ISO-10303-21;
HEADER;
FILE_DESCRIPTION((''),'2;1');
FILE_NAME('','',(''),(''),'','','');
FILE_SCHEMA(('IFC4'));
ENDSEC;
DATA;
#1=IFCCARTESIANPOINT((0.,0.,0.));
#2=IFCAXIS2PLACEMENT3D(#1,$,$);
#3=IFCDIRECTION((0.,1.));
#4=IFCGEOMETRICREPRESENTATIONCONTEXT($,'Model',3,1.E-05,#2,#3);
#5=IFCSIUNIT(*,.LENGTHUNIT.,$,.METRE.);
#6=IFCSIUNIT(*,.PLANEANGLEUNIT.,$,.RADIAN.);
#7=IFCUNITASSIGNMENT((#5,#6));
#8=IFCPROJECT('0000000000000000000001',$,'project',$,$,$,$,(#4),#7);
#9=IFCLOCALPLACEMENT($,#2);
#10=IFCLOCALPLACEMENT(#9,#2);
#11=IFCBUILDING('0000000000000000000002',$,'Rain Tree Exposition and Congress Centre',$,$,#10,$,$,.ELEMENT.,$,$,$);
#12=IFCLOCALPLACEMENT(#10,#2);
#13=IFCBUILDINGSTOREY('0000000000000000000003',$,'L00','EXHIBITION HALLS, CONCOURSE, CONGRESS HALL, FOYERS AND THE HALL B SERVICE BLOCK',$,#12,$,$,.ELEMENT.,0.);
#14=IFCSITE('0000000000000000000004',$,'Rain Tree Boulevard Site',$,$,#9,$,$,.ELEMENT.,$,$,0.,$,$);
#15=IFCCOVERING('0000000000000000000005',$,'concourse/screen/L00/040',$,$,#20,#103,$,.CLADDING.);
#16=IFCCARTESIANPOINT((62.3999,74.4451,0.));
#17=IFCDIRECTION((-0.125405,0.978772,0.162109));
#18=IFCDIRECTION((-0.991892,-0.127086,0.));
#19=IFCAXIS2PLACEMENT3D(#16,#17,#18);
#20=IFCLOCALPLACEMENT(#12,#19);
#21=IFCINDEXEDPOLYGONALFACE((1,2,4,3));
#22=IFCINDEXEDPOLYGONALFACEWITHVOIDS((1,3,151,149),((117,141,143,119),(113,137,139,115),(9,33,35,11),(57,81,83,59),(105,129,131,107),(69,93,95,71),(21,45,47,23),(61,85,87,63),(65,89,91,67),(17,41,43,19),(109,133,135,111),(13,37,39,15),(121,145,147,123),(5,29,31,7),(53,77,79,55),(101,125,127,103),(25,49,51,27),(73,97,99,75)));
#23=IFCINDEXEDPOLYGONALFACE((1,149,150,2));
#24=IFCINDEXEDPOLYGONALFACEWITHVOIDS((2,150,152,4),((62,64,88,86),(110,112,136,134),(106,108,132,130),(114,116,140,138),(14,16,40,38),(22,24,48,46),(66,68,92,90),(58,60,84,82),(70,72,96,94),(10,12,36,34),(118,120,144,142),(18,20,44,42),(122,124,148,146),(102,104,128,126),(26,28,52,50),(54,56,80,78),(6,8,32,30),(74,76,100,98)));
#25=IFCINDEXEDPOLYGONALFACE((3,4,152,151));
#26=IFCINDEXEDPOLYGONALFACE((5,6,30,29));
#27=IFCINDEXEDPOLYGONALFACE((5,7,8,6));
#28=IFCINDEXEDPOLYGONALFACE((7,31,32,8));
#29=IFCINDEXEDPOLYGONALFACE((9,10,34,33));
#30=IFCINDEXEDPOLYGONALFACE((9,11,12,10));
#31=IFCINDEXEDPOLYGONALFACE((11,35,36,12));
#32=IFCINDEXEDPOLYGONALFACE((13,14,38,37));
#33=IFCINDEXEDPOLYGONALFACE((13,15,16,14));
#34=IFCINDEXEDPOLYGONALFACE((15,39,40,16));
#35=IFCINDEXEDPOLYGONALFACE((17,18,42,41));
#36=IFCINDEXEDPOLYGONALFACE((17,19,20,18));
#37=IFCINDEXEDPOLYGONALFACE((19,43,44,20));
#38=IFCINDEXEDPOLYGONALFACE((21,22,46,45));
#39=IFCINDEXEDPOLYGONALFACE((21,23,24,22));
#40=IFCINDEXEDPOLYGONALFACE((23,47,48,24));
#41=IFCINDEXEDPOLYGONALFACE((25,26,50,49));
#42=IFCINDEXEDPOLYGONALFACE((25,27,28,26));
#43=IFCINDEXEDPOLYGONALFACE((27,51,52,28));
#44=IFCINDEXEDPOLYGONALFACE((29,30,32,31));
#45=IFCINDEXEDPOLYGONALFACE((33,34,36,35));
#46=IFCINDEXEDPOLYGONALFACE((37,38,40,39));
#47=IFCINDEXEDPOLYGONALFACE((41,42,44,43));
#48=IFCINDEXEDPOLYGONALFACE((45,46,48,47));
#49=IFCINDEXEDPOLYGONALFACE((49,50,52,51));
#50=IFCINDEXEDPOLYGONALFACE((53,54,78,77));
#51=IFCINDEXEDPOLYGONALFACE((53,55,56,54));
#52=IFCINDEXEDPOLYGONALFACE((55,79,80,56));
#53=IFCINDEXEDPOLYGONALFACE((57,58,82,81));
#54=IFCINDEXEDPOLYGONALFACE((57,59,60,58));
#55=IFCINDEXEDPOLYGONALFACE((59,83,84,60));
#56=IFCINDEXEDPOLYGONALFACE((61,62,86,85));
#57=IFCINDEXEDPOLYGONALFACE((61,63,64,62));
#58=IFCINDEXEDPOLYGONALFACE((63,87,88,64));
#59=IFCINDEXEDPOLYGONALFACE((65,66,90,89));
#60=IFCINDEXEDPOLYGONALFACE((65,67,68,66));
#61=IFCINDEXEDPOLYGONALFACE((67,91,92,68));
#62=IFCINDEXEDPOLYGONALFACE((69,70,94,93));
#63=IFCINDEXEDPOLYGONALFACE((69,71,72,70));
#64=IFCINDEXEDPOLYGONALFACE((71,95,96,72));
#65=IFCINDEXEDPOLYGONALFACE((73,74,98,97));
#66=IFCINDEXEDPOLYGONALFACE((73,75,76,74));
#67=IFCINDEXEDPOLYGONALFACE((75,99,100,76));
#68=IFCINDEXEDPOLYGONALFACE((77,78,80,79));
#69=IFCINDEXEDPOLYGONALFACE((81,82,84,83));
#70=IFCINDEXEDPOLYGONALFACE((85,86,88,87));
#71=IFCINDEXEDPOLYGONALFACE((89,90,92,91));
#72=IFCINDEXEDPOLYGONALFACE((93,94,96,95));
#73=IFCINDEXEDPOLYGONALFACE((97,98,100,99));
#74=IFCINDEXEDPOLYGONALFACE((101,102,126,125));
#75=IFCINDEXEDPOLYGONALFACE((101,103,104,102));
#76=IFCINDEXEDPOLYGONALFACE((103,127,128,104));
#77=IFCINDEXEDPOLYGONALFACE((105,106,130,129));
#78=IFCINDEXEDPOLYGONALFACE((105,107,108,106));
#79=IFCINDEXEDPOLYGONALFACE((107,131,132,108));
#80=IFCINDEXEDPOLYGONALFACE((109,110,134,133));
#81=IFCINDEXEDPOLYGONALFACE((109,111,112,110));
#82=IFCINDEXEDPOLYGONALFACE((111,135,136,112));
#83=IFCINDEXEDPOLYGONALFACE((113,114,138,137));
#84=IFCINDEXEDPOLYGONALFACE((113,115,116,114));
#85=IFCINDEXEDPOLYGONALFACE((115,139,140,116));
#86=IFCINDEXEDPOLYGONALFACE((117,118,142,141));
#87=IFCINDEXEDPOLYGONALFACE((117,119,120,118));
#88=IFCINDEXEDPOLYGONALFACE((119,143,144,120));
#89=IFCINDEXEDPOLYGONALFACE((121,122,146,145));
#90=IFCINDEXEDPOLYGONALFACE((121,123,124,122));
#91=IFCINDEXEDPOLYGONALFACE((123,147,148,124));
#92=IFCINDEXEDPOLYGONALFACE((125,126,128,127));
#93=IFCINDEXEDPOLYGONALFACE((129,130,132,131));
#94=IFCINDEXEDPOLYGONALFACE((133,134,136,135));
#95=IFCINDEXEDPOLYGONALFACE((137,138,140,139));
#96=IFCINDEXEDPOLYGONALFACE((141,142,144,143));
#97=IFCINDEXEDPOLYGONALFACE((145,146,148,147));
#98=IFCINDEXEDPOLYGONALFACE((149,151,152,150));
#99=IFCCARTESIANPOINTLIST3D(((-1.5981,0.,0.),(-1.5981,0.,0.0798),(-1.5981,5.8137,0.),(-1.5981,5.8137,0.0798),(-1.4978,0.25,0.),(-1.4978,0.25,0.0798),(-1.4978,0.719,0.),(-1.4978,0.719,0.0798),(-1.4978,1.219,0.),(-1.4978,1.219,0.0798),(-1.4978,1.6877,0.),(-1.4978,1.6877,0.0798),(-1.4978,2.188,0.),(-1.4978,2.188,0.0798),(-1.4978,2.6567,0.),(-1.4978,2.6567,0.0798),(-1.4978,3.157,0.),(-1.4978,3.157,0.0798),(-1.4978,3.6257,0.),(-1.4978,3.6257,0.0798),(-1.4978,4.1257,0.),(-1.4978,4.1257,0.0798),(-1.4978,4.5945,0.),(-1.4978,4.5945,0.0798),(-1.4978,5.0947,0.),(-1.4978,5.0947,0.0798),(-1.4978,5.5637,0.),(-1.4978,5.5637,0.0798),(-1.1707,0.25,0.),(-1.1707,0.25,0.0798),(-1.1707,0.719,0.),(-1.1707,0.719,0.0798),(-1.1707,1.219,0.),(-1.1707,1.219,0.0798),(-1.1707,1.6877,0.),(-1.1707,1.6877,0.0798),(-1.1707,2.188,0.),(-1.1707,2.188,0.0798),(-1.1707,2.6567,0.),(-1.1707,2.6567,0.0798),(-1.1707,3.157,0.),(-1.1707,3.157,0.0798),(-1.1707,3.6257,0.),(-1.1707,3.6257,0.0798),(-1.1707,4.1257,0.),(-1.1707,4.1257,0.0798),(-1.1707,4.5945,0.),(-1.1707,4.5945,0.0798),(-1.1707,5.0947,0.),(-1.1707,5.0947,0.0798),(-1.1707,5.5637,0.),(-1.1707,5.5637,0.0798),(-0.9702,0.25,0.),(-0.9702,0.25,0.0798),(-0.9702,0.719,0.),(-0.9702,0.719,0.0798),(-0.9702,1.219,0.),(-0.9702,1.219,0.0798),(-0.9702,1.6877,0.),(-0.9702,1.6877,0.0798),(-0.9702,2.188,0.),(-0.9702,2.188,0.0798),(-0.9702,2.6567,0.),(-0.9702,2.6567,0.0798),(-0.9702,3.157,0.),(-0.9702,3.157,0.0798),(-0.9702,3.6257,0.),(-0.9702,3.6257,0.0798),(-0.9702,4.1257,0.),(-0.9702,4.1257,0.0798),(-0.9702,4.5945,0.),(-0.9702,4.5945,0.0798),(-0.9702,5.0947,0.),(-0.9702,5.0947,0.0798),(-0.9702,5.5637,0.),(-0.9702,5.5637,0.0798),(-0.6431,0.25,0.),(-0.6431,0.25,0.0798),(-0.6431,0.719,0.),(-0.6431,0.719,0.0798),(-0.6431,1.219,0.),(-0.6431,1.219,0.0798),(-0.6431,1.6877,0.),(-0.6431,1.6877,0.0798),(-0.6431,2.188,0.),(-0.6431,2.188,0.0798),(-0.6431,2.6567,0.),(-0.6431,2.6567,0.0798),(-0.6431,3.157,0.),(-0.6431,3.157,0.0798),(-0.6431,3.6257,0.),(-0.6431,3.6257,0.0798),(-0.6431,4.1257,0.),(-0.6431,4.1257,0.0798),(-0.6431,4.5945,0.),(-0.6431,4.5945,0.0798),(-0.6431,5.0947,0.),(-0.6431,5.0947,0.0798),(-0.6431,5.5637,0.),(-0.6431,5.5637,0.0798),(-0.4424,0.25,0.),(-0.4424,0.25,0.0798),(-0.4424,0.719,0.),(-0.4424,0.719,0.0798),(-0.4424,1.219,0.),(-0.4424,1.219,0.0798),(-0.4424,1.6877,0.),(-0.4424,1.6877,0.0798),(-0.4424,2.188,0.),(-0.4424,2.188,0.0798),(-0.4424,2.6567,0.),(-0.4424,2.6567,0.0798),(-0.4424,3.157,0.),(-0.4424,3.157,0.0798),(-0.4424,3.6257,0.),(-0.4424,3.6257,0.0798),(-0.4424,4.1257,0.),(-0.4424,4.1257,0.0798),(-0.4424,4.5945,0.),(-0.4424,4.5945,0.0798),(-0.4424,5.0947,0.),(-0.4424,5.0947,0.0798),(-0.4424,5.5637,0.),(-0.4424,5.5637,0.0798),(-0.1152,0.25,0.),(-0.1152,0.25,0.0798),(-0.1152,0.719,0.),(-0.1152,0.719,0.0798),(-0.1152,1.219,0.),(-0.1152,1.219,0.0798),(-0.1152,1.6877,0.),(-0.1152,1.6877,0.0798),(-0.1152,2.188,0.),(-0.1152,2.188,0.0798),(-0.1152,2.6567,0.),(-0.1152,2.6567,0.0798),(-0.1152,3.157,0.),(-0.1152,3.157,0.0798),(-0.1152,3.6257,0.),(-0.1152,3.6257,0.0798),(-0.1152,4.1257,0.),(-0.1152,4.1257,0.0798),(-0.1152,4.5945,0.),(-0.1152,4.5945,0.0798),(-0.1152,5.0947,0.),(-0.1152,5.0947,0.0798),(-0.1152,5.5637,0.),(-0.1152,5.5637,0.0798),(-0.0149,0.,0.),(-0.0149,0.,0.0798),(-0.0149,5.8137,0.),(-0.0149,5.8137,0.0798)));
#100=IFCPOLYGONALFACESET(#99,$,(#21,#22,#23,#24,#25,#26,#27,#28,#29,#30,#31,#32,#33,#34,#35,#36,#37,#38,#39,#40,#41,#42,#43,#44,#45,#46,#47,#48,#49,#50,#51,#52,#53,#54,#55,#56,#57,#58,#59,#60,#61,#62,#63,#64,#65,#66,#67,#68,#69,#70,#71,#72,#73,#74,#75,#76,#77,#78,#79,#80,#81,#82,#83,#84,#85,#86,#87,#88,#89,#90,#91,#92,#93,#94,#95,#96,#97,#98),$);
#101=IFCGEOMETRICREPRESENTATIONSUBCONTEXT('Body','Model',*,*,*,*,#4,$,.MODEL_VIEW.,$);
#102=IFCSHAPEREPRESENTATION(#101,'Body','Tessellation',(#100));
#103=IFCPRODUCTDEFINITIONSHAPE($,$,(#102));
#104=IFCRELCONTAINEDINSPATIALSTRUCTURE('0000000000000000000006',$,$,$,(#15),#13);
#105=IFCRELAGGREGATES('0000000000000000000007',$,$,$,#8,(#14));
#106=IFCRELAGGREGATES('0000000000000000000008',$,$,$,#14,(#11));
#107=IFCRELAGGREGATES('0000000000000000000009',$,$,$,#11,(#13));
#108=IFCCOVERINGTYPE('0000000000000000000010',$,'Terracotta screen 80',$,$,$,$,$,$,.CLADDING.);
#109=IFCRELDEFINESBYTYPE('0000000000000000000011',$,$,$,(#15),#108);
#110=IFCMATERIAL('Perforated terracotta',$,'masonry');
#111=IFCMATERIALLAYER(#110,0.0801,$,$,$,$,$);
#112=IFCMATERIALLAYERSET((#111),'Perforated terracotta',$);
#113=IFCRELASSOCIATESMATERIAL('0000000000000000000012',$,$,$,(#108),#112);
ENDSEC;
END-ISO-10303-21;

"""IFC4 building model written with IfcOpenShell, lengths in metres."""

from ifc_helpers import new_model, si_unit, direction, frame, origin, place, context, subcontext, project, spatial, polyline, outline, extrude, material, layer, layer_set, type_object, element, save


model = new_model("IFC4")

# Units and contexts
model_context = context("Model", 3, precision=1e-05, world=origin(), true_north=direction((0.0, 1.0)))
body_context = subcontext(model_context, "Body", "Model", "MODEL_VIEW")
ifc_project = project(units=[si_unit("LENGTHUNIT", "METRE"), si_unit("PLANEANGLEUNIT", "RADIAN")], contexts=[model_context])

# Site, building, storey
site_placement = place(None, origin())
site = spatial("IfcSite", under=ifc_project, at=site_placement, Name="Rain Tree Boulevard Site", CompositionType="ELEMENT", RefElevation=0.0)
building_placement = place(site_placement, origin())
building = spatial("IfcBuilding", under=site, at=building_placement, Name="Rain Tree Exposition and Congress Centre", CompositionType="ELEMENT")
storey_placement = place(building_placement, origin())
storey = spatial("IfcBuildingStorey", under=building, at=storey_placement, Name="L00", Description="EXHIBITION HALLS, CONCOURSE, CONGRESS HALL, FOYERS AND THE HALL B SERVICE BLOCK", CompositionType="ELEMENT", Elevation=0.0)

# Covering
ifc_material_1 = material(Name="Perforated terracotta", Category="masonry")
ifc_layer_1 = layer(ifc_material_1, 0.0801)
ifc_layer_set_1 = layer_set([ifc_layer_1], Name="Perforated terracotta")
covering_type = type_object("IfcCoveringType", Name="Terracotta screen 80", PredefinedType="CLADDING", material=ifc_layer_set_1)
covering_1_placement = place(storey_placement, frame((62.3999, 74.4451, 0.0), z_axis=(-0.125405, 0.978772, 0.162109), x_axis=(-0.991892, -0.127086, 0.0)))
element("IfcCovering", 1, at=covering_1_placement, inside=storey, type_object=covering_type, Name="concourse/screen/L00/040", PredefinedType="CLADDING", context=body_context, shape_type="SweptSolid", body=[
    extrude(outline(polyline([(-0.0149, 0.0), (-1.5981, 0.0), (-1.5981, 5.8137), (-0.0149, 5.8137), (-0.0149, 0.0)]), holes=[polyline([(-0.1152, 0.25), (-0.1152, 0.719), (-0.4424, 0.719), (-0.4424, 0.25), (-0.1152, 0.25)]), polyline([(-0.1152, 1.219), (-0.1152, 1.6877), (-0.4424, 1.6877), (-0.4424, 1.219), (-0.1152, 1.219)]), polyline([(-0.1152, 2.188), (-0.1152, 2.6567), (-0.4424, 2.6567), (-0.4424, 2.188), (-0.1152, 2.188)]), polyline([(-0.1152, 3.157), (-0.1152, 3.6257), (-0.4424, 3.6257), (-0.4424, 3.157), (-0.1152, 3.157)]), polyline([(-0.1152, 4.1257), (-0.1152, 4.5945), (-0.4424, 4.5945), (-0.4424, 4.1257), (-0.1152, 4.1257)]), polyline([(-0.1152, 5.0947), (-0.1152, 5.5637), (-0.4424, 5.5637), (-0.4424, 5.0947), (-0.1152, 5.0947)]), polyline([(-0.6431, 0.25), (-0.6431, 0.719), (-0.9702, 0.719), (-0.9702, 0.25), (-0.6431, 0.25)]), polyline([(-0.6431, 1.219), (-0.6431, 1.6877), (-0.9702, 1.6877), (-0.9702, 1.219), (-0.6431, 1.219)]), polyline([(-0.6431, 2.188), (-0.6431, 2.6567), (-0.9702, 2.6567), (-0.9702, 2.188), (-0.6431, 2.188)]), polyline([(-0.6431, 3.157), (-0.6431, 3.6257), (-0.9702, 3.6257), (-0.9702, 3.157), (-0.6431, 3.157)]), polyline([(-0.6431, 4.1257), (-0.6431, 4.5945), (-0.9702, 4.5945), (-0.9702, 4.1257), (-0.6431, 4.1257)]), polyline([(-0.6431, 5.0947), (-0.6431, 5.5637), (-0.9702, 5.5637), (-0.9702, 5.0947), (-0.6431, 5.0947)]), polyline([(-1.1707, 0.25), (-1.1707, 0.719), (-1.4978, 0.719), (-1.4978, 0.25), (-1.1707, 0.25)]), polyline([(-1.1707, 1.219), (-1.1707, 1.6877), (-1.4978, 1.6877), (-1.4978, 1.219), (-1.1707, 1.219)]), polyline([(-1.1707, 2.188), (-1.1707, 2.6567), (-1.4978, 2.6567), (-1.4978, 2.188), (-1.1707, 2.188)]), polyline([(-1.1707, 3.157), (-1.1707, 3.6257), (-1.4978, 3.6257), (-1.4978, 3.157), (-1.1707, 3.157)]), polyline([(-1.1707, 4.1257), (-1.1707, 4.5945), (-1.4978, 4.5945), (-1.4978, 4.1257), (-1.1707, 4.1257)]), polyline([(-1.1707, 5.0947), (-1.1707, 5.5637), (-1.4978, 5.5637), (-1.4978, 5.0947), (-1.1707, 5.0947)])]), origin(), (0.0, 0.0, 1.0), 0.0798),
])

save(model, "model.ifc")
